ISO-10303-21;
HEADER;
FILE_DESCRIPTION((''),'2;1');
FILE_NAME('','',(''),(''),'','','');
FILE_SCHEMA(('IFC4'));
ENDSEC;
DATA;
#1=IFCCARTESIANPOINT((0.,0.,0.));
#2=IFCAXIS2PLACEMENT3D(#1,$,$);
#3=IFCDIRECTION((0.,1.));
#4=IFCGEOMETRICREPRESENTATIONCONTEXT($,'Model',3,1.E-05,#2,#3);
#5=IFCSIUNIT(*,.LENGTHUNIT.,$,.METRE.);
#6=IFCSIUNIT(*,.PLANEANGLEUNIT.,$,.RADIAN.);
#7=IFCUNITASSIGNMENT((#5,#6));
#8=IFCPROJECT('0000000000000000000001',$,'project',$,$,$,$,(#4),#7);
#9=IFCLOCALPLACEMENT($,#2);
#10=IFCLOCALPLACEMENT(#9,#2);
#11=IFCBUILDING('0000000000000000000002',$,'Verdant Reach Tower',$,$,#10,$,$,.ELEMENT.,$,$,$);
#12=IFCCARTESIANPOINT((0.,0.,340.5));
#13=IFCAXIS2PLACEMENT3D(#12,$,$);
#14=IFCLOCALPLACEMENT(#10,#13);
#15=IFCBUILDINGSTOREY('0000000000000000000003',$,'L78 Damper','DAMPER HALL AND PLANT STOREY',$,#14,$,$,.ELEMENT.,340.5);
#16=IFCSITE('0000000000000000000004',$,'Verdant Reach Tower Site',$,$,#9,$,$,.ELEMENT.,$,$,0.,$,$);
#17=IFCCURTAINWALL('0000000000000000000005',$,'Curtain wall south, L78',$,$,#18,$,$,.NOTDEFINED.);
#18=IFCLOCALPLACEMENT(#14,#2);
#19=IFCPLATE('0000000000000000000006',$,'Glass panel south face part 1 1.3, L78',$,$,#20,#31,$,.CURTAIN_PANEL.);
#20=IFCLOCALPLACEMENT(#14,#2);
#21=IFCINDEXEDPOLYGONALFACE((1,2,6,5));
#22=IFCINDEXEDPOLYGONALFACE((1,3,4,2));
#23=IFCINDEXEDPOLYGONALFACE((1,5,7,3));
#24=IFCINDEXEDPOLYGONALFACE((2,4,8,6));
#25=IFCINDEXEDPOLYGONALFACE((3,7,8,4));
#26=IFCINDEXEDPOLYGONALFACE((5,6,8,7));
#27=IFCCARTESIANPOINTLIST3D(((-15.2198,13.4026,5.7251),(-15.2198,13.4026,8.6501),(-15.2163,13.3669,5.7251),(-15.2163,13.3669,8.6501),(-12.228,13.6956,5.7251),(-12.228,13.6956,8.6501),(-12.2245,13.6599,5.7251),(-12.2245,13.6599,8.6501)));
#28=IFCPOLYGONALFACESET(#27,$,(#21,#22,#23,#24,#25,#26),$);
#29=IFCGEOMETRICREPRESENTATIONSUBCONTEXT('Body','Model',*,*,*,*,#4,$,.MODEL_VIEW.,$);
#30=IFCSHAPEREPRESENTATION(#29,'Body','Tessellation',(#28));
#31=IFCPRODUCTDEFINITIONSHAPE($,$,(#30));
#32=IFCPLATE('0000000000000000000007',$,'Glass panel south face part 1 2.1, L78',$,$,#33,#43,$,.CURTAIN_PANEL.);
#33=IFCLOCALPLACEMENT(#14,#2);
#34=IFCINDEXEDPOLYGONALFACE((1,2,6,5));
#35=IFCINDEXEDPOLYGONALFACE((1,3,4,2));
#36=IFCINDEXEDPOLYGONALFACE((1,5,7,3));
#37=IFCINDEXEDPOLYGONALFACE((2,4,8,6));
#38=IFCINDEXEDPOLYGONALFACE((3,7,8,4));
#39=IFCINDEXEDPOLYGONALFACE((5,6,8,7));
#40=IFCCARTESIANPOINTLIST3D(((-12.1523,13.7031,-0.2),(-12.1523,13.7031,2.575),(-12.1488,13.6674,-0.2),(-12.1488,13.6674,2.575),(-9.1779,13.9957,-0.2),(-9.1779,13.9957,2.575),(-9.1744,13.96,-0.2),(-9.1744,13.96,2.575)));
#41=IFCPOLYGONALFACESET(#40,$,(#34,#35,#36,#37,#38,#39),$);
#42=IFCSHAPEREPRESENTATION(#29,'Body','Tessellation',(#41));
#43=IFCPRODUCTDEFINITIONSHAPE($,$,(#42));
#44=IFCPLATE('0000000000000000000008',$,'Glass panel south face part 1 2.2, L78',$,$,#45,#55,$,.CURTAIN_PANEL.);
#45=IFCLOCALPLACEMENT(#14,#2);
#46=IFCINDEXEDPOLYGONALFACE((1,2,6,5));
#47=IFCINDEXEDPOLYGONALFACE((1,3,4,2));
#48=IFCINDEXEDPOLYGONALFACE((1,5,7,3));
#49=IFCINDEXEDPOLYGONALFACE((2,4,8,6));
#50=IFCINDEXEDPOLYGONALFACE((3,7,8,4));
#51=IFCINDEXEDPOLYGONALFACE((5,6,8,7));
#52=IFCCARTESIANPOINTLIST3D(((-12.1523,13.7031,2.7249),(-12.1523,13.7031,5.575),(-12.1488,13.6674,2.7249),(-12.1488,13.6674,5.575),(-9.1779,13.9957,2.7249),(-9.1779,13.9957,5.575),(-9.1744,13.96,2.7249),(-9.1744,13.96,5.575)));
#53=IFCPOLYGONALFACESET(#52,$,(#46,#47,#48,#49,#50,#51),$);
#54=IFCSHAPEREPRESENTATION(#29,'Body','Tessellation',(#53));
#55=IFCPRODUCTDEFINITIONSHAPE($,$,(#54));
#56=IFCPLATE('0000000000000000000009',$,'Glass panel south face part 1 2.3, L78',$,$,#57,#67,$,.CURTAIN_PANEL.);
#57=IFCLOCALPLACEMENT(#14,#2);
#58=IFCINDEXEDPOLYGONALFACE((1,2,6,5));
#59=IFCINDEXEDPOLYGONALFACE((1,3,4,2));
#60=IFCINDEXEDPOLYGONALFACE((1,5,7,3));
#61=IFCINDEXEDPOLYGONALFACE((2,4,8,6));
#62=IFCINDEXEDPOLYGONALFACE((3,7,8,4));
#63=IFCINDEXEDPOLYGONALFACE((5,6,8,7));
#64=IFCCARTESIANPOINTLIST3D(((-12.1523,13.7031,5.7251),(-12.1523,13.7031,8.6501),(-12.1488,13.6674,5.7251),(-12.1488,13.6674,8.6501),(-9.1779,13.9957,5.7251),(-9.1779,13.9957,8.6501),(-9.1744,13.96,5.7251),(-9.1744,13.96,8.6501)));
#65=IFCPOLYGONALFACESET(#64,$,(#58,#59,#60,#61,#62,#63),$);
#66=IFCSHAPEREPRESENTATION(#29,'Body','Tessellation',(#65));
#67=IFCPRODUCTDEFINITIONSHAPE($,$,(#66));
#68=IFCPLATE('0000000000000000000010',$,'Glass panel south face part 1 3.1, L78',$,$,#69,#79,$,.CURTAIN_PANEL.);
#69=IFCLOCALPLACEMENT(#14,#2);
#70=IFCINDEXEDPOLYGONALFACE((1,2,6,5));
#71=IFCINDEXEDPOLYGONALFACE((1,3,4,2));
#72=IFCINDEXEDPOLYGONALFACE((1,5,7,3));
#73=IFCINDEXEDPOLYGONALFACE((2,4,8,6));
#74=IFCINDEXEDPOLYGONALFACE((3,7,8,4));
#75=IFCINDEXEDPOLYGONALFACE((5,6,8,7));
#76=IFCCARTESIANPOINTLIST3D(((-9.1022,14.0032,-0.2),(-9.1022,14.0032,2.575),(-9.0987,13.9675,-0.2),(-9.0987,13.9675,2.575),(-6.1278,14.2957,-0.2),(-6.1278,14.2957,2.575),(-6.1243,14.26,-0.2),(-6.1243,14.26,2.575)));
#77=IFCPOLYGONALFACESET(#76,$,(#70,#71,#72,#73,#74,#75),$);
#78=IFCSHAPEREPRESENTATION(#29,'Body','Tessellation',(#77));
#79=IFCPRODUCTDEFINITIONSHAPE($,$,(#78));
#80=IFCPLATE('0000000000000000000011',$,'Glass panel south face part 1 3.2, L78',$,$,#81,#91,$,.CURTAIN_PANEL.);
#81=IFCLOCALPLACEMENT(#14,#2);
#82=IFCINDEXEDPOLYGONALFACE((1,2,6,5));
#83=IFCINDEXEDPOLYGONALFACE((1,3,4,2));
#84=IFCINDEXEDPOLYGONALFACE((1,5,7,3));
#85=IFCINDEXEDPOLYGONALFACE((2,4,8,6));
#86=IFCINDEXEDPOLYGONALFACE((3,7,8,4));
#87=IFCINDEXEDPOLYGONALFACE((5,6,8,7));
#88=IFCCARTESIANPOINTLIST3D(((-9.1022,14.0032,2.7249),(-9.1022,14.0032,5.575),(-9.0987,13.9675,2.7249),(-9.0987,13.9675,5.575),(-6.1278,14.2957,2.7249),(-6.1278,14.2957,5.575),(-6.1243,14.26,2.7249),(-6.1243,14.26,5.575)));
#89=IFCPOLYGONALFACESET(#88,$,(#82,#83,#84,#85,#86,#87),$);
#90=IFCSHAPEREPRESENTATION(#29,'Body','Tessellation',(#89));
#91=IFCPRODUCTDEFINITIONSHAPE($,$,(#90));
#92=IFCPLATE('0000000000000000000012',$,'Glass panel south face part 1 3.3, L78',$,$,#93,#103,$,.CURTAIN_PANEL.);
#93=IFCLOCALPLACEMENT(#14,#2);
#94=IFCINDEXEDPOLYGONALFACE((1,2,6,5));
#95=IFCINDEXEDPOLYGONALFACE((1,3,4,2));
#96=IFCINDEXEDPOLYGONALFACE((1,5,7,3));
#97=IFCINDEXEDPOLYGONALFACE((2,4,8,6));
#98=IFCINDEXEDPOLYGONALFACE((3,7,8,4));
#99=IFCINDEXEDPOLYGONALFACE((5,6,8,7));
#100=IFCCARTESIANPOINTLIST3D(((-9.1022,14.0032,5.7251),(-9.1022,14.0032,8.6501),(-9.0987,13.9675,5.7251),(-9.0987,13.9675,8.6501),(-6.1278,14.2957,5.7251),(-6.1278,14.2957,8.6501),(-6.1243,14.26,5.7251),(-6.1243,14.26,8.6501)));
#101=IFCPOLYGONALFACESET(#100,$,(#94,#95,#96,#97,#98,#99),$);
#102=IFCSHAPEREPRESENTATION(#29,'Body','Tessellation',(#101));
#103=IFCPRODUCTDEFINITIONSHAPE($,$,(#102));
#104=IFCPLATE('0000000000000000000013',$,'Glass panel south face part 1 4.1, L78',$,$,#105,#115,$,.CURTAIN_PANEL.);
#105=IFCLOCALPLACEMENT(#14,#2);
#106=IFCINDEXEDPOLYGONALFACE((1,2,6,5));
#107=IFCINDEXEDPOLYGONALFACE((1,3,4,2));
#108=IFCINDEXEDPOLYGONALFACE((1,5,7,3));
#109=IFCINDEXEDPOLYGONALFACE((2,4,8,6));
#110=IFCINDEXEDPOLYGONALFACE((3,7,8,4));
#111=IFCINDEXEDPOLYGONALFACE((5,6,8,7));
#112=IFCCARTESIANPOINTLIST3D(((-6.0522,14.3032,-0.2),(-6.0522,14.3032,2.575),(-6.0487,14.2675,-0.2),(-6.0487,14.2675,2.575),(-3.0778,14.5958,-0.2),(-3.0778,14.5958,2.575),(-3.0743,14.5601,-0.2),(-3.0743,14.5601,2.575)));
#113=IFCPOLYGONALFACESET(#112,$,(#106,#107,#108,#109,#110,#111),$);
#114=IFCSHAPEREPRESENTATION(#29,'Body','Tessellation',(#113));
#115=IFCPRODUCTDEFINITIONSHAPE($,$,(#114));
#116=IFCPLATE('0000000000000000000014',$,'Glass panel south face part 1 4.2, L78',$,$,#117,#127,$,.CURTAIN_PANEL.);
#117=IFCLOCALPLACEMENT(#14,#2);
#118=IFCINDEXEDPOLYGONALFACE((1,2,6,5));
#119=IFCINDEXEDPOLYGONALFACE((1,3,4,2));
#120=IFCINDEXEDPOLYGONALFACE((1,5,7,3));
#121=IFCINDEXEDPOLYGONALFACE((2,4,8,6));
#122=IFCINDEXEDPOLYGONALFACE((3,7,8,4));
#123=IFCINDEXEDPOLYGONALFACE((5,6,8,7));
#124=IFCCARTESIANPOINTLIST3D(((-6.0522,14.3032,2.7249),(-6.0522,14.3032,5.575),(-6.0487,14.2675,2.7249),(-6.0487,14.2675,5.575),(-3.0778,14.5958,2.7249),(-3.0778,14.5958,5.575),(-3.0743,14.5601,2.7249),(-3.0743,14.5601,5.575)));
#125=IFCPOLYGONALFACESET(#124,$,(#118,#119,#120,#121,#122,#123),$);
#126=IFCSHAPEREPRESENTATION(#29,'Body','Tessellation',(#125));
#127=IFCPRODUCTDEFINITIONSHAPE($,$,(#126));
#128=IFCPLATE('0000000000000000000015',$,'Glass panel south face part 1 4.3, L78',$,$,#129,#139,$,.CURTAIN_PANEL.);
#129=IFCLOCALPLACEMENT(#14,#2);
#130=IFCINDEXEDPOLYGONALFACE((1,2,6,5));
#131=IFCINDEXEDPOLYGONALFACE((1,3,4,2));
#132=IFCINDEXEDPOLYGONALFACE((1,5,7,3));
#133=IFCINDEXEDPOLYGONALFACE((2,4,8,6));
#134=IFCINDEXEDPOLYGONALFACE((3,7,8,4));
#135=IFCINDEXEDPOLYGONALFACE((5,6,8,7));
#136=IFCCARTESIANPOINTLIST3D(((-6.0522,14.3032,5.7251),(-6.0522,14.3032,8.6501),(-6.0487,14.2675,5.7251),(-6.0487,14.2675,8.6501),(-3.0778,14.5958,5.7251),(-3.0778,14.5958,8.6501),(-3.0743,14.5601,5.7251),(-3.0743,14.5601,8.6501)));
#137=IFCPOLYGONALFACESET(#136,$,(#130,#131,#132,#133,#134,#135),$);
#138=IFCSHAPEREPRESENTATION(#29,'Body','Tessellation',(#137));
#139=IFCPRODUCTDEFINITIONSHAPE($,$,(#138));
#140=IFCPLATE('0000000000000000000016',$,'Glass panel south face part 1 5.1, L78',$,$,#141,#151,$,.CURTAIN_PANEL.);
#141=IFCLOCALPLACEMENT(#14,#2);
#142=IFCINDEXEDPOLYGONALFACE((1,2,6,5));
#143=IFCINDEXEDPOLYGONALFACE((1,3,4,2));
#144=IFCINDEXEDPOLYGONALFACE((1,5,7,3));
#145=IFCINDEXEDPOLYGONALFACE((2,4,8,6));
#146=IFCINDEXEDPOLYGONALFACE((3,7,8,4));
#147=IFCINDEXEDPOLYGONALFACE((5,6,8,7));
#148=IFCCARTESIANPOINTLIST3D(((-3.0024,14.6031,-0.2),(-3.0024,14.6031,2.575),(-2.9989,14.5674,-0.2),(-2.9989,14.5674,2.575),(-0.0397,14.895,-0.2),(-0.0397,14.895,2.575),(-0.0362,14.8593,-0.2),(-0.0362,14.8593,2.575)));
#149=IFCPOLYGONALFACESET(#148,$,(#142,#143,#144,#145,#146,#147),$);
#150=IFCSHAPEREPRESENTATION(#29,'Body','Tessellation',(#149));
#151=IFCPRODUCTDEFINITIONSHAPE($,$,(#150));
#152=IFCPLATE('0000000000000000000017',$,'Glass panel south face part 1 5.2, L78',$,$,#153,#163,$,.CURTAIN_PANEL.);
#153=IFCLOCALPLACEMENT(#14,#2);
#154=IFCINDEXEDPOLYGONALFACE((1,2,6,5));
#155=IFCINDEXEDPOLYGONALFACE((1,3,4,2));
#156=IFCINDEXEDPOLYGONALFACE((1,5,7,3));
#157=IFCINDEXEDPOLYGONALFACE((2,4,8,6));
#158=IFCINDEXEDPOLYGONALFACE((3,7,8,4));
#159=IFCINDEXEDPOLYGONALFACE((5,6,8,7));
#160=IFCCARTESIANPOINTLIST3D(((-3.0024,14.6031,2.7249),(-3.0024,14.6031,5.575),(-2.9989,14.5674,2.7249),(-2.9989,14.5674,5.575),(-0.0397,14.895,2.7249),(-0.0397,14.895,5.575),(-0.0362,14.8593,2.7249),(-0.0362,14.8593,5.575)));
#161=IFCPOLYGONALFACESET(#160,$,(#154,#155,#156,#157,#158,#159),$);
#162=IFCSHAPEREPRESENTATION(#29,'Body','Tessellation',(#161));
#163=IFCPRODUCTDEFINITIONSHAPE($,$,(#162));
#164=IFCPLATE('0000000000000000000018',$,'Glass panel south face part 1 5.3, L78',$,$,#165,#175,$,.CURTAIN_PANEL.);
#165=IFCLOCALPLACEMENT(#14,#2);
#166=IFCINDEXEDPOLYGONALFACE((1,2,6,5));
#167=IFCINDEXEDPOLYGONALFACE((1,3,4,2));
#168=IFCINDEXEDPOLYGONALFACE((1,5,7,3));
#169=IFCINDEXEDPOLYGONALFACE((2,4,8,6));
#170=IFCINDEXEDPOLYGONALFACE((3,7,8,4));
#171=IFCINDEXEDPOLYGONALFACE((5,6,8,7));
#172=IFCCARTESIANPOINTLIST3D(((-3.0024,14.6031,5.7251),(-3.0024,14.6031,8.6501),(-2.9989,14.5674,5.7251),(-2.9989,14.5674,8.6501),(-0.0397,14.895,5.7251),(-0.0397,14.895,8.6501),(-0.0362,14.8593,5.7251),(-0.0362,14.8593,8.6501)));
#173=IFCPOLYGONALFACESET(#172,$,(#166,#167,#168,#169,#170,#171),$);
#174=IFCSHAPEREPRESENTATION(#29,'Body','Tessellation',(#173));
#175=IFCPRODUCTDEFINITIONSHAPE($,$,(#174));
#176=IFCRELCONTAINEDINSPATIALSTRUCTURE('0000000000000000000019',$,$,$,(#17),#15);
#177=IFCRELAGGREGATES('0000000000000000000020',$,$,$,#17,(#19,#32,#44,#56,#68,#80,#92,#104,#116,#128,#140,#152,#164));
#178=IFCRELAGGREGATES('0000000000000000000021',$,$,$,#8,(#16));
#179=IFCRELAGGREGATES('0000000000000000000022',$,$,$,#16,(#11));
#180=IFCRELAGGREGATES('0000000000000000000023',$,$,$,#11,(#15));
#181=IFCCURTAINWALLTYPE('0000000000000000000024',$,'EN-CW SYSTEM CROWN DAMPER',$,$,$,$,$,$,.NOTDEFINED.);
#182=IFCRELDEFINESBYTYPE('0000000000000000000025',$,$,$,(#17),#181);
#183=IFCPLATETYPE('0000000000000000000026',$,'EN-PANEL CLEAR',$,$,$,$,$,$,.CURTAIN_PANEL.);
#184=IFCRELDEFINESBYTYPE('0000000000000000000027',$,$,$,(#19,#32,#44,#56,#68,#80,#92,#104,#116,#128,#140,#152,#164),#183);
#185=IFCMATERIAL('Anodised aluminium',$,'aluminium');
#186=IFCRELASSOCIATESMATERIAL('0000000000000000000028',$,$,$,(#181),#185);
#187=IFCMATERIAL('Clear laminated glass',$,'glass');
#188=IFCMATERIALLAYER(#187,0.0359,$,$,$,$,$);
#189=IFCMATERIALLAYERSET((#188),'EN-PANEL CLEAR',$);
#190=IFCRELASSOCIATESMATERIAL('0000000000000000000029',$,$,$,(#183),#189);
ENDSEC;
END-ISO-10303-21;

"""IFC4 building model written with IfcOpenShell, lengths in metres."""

from ifc_helpers import new_model, si_unit, direction, frame, origin, origin_2d, place, context, subcontext, project, spatial, rectangle, extrude, material, layer, layer_set, type_object, element, aggregate, save


model = new_model("IFC4")

# Units and contexts
model_context = context("Model", 3, precision=1e-05, world=origin(), true_north=direction((0.0, 1.0)))
body_context = subcontext(model_context, "Body", "Model", "MODEL_VIEW")
ifc_project = project(units=[si_unit("LENGTHUNIT", "METRE"), si_unit("PLANEANGLEUNIT", "RADIAN")], contexts=[model_context])

# Site, building, storey
site_placement = place(None, origin())
site = spatial("IfcSite", under=ifc_project, at=site_placement, Name="Verdant Reach Tower Site", CompositionType="ELEMENT", RefElevation=0.0)
building_placement = place(site_placement, origin())
building = spatial("IfcBuilding", under=site, at=building_placement, Name="Verdant Reach Tower", CompositionType="ELEMENT")
storey_placement = place(building_placement, frame((0.0, 0.0, 340.5)))
storey = spatial("IfcBuildingStorey", under=building, at=storey_placement, Name="L78 Damper", Description="DAMPER HALL AND PLANT STOREY", CompositionType="ELEMENT", Elevation=340.5)

# Curtain wall
ifc_material_1 = material(Name="Anodised aluminium", Category="aluminium")
curtain_wall_type = type_object("IfcCurtainWallType", Name="EN-CW SYSTEM CROWN DAMPER", PredefinedType="NOTDEFINED", material=ifc_material_1)
curtain_wall_placement = place(storey_placement, origin())
curtain_wall = element("IfcCurtainWall", 1, at=curtain_wall_placement, inside=storey, type_object=curtain_wall_type, Name="Curtain wall south, L78", PredefinedType="NOTDEFINED")

# Plates
ifc_material_2 = material(Name="Clear laminated glass", Category="glass")
ifc_layer_1 = layer(ifc_material_2, 0.0359)
ifc_layer_set_1 = layer_set([ifc_layer_1], Name="EN-PANEL CLEAR")
plate_type = type_object("IfcPlateType", Name="EN-PANEL CLEAR", PredefinedType="CURTAIN_PANEL", material=ifc_layer_set_1)
plate_1_placement = place(storey_placement, frame((-13.7222, 13.5312, 5.7251), z_axis=(0.0, 0.0, 1.0), x_axis=(0.995238, 0.097473, 0.0)))
plate_1 = element("IfcPlate", 2, at=plate_1_placement, type_object=plate_type, Name="Glass panel south face part 1 1.3, L78", PredefinedType="CURTAIN_PANEL", context=body_context, shape_type="SweptSolid", body=[
    extrude(rectangle(XDim=3.0061, YDim=0.0359, at=origin_2d()), origin(), (0.0, 0.0, 1.0), 2.925),
])
plate_2_placement = place(storey_placement, frame((-10.6633, 13.8315, -0.2), z_axis=(0.0, 0.0, 1.0), x_axis=(0.995197, 0.097888, 0.0)))
plate_2 = element("IfcPlate", 3, at=plate_2_placement, type_object=plate_type, Name="Glass panel south face part 1 2.1, L78", PredefinedType="CURTAIN_PANEL", context=body_context, shape_type="SweptSolid", body=[
    extrude(rectangle(XDim=2.9888, YDim=0.0359, at=origin_2d()), origin(), (0.0, 0.0, 1.0), 2.7749),
])
plate_3_placement = place(storey_placement, frame((-10.6633, 13.8315, 2.7249), z_axis=(0.0, 0.0, 1.0), x_axis=(0.995197, 0.097888, 0.0)))
plate_3 = element("IfcPlate", 4, at=plate_3_placement, type_object=plate_type, Name="Glass panel south face part 1 2.2, L78", PredefinedType="CURTAIN_PANEL", context=body_context, shape_type="SweptSolid", body=[
    extrude(rectangle(XDim=2.9888, YDim=0.0359, at=origin_2d()), origin(), (0.0, 0.0, 1.0), 2.8501),
])
plate_4_placement = place(storey_placement, frame((-10.6633, 13.8315, 5.7251), z_axis=(0.0, 0.0, 1.0), x_axis=(0.995197, 0.097888, 0.0)))
plate_4 = element("IfcPlate", 5, at=plate_4_placement, type_object=plate_type, Name="Glass panel south face part 1 2.3, L78", PredefinedType="CURTAIN_PANEL", context=body_context, shape_type="SweptSolid", body=[
    extrude(rectangle(XDim=2.9888, YDim=0.0359, at=origin_2d()), origin(), (0.0, 0.0, 1.0), 2.925),
])
plate_5_placement = place(storey_placement, frame((-7.6133, 14.1316, -0.2), z_axis=(0.0, 0.0, 1.0), x_axis=(0.995197, 0.097888, 0.0)))
plate_5 = element("IfcPlate", 6, at=plate_5_placement, type_object=plate_type, Name="Glass panel south face part 1 3.1, L78", PredefinedType="CURTAIN_PANEL", context=body_context, shape_type="SweptSolid", body=[
    extrude(rectangle(XDim=2.9888, YDim=0.0359, at=origin_2d()), origin(), (0.0, 0.0, 1.0), 2.7749),
])
plate_6_placement = place(storey_placement, frame((-7.6133, 14.1316, 2.7249), z_axis=(0.0, 0.0, 1.0), x_axis=(0.995197, 0.097888, 0.0)))
plate_6 = element("IfcPlate", 7, at=plate_6_placement, type_object=plate_type, Name="Glass panel south face part 1 3.2, L78", PredefinedType="CURTAIN_PANEL", context=body_context, shape_type="SweptSolid", body=[
    extrude(rectangle(XDim=2.9888, YDim=0.0359, at=origin_2d()), origin(), (0.0, 0.0, 1.0), 2.8501),
])
plate_7_placement = place(storey_placement, frame((-7.6133, 14.1316, 5.7251), z_axis=(0.0, 0.0, 1.0), x_axis=(0.995197, 0.097888, 0.0)))
plate_7 = element("IfcPlate", 8, at=plate_7_placement, type_object=plate_type, Name="Glass panel south face part 1 3.3, L78", PredefinedType="CURTAIN_PANEL", context=body_context, shape_type="SweptSolid", body=[
    extrude(rectangle(XDim=2.9888, YDim=0.0359, at=origin_2d()), origin(), (0.0, 0.0, 1.0), 2.925),
])
plate_8_placement = place(storey_placement, frame((-4.5632, 14.4316, -0.2), z_axis=(0.0, 0.0, 1.0), x_axis=(0.995197, 0.097888, 0.0)))
plate_8 = element("IfcPlate", 9, at=plate_8_placement, type_object=plate_type, Name="Glass panel south face part 1 4.1, L78", PredefinedType="CURTAIN_PANEL", context=body_context, shape_type="SweptSolid", body=[
    extrude(rectangle(XDim=2.9888, YDim=0.0359, at=origin_2d()), origin(), (0.0, 0.0, 1.0), 2.7749),
])
plate_9_placement = place(storey_placement, frame((-4.5632, 14.4316, 2.7249), z_axis=(0.0, 0.0, 1.0), x_axis=(0.995197, 0.097888, 0.0)))
plate_9 = element("IfcPlate", 10, at=plate_9_placement, type_object=plate_type, Name="Glass panel south face part 1 4.2, L78", PredefinedType="CURTAIN_PANEL", context=body_context, shape_type="SweptSolid", body=[
    extrude(rectangle(XDim=2.9888, YDim=0.0359, at=origin_2d()), origin(), (0.0, 0.0, 1.0), 2.8501),
])
plate_10_placement = place(storey_placement, frame((-4.5632, 14.4316, 5.7251), z_axis=(0.0, 0.0, 1.0), x_axis=(0.995197, 0.097888, 0.0)))
plate_10 = element("IfcPlate", 11, at=plate_10_placement, type_object=plate_type, Name="Glass panel south face part 1 4.3, L78", PredefinedType="CURTAIN_PANEL", context=body_context, shape_type="SweptSolid", body=[
    extrude(rectangle(XDim=2.9888, YDim=0.0359, at=origin_2d()), origin(), (0.0, 0.0, 1.0), 2.925),
])
plate_11_placement = place(storey_placement, frame((-1.5193, 14.7312, -0.2), z_axis=(0.0, 0.0, 1.0), x_axis=(0.995179, 0.098075, 0.0)))
plate_11 = element("IfcPlate", 12, at=plate_11_placement, type_object=plate_type, Name="Glass panel south face part 1 5.1, L78", PredefinedType="CURTAIN_PANEL", context=body_context, shape_type="SweptSolid", body=[
    extrude(rectangle(XDim=2.9771, YDim=0.0359, at=origin_2d()), origin(), (0.0, 0.0, 1.0), 2.7749),
])
plate_12_placement = place(storey_placement, frame((-1.5193, 14.7312, 2.7249), z_axis=(0.0, 0.0, 1.0), x_axis=(0.995179, 0.098075, 0.0)))
plate_12 = element("IfcPlate", 13, at=plate_12_placement, type_object=plate_type, Name="Glass panel south face part 1 5.2, L78", PredefinedType="CURTAIN_PANEL", context=body_context, shape_type="SweptSolid", body=[
    extrude(rectangle(XDim=2.9771, YDim=0.0359, at=origin_2d()), origin(), (0.0, 0.0, 1.0), 2.8501),
])
plate_13_placement = place(storey_placement, frame((-1.5193, 14.7312, 5.7251), z_axis=(0.0, 0.0, 1.0), x_axis=(0.995179, 0.098075, 0.0)))
plate_13 = element("IfcPlate", 14, at=plate_13_placement, type_object=plate_type, Name="Glass panel south face part 1 5.3, L78", PredefinedType="CURTAIN_PANEL", context=body_context, shape_type="SweptSolid", body=[
    extrude(rectangle(XDim=2.9771, YDim=0.0359, at=origin_2d()), origin(), (0.0, 0.0, 1.0), 2.925),
])
aggregate(curtain_wall, [plate_1, plate_2, plate_3, plate_4, plate_5, plate_6, plate_7, plate_8, plate_9, plate_10, plate_11, plate_12, plate_13])

save(model, "model.ifc")
